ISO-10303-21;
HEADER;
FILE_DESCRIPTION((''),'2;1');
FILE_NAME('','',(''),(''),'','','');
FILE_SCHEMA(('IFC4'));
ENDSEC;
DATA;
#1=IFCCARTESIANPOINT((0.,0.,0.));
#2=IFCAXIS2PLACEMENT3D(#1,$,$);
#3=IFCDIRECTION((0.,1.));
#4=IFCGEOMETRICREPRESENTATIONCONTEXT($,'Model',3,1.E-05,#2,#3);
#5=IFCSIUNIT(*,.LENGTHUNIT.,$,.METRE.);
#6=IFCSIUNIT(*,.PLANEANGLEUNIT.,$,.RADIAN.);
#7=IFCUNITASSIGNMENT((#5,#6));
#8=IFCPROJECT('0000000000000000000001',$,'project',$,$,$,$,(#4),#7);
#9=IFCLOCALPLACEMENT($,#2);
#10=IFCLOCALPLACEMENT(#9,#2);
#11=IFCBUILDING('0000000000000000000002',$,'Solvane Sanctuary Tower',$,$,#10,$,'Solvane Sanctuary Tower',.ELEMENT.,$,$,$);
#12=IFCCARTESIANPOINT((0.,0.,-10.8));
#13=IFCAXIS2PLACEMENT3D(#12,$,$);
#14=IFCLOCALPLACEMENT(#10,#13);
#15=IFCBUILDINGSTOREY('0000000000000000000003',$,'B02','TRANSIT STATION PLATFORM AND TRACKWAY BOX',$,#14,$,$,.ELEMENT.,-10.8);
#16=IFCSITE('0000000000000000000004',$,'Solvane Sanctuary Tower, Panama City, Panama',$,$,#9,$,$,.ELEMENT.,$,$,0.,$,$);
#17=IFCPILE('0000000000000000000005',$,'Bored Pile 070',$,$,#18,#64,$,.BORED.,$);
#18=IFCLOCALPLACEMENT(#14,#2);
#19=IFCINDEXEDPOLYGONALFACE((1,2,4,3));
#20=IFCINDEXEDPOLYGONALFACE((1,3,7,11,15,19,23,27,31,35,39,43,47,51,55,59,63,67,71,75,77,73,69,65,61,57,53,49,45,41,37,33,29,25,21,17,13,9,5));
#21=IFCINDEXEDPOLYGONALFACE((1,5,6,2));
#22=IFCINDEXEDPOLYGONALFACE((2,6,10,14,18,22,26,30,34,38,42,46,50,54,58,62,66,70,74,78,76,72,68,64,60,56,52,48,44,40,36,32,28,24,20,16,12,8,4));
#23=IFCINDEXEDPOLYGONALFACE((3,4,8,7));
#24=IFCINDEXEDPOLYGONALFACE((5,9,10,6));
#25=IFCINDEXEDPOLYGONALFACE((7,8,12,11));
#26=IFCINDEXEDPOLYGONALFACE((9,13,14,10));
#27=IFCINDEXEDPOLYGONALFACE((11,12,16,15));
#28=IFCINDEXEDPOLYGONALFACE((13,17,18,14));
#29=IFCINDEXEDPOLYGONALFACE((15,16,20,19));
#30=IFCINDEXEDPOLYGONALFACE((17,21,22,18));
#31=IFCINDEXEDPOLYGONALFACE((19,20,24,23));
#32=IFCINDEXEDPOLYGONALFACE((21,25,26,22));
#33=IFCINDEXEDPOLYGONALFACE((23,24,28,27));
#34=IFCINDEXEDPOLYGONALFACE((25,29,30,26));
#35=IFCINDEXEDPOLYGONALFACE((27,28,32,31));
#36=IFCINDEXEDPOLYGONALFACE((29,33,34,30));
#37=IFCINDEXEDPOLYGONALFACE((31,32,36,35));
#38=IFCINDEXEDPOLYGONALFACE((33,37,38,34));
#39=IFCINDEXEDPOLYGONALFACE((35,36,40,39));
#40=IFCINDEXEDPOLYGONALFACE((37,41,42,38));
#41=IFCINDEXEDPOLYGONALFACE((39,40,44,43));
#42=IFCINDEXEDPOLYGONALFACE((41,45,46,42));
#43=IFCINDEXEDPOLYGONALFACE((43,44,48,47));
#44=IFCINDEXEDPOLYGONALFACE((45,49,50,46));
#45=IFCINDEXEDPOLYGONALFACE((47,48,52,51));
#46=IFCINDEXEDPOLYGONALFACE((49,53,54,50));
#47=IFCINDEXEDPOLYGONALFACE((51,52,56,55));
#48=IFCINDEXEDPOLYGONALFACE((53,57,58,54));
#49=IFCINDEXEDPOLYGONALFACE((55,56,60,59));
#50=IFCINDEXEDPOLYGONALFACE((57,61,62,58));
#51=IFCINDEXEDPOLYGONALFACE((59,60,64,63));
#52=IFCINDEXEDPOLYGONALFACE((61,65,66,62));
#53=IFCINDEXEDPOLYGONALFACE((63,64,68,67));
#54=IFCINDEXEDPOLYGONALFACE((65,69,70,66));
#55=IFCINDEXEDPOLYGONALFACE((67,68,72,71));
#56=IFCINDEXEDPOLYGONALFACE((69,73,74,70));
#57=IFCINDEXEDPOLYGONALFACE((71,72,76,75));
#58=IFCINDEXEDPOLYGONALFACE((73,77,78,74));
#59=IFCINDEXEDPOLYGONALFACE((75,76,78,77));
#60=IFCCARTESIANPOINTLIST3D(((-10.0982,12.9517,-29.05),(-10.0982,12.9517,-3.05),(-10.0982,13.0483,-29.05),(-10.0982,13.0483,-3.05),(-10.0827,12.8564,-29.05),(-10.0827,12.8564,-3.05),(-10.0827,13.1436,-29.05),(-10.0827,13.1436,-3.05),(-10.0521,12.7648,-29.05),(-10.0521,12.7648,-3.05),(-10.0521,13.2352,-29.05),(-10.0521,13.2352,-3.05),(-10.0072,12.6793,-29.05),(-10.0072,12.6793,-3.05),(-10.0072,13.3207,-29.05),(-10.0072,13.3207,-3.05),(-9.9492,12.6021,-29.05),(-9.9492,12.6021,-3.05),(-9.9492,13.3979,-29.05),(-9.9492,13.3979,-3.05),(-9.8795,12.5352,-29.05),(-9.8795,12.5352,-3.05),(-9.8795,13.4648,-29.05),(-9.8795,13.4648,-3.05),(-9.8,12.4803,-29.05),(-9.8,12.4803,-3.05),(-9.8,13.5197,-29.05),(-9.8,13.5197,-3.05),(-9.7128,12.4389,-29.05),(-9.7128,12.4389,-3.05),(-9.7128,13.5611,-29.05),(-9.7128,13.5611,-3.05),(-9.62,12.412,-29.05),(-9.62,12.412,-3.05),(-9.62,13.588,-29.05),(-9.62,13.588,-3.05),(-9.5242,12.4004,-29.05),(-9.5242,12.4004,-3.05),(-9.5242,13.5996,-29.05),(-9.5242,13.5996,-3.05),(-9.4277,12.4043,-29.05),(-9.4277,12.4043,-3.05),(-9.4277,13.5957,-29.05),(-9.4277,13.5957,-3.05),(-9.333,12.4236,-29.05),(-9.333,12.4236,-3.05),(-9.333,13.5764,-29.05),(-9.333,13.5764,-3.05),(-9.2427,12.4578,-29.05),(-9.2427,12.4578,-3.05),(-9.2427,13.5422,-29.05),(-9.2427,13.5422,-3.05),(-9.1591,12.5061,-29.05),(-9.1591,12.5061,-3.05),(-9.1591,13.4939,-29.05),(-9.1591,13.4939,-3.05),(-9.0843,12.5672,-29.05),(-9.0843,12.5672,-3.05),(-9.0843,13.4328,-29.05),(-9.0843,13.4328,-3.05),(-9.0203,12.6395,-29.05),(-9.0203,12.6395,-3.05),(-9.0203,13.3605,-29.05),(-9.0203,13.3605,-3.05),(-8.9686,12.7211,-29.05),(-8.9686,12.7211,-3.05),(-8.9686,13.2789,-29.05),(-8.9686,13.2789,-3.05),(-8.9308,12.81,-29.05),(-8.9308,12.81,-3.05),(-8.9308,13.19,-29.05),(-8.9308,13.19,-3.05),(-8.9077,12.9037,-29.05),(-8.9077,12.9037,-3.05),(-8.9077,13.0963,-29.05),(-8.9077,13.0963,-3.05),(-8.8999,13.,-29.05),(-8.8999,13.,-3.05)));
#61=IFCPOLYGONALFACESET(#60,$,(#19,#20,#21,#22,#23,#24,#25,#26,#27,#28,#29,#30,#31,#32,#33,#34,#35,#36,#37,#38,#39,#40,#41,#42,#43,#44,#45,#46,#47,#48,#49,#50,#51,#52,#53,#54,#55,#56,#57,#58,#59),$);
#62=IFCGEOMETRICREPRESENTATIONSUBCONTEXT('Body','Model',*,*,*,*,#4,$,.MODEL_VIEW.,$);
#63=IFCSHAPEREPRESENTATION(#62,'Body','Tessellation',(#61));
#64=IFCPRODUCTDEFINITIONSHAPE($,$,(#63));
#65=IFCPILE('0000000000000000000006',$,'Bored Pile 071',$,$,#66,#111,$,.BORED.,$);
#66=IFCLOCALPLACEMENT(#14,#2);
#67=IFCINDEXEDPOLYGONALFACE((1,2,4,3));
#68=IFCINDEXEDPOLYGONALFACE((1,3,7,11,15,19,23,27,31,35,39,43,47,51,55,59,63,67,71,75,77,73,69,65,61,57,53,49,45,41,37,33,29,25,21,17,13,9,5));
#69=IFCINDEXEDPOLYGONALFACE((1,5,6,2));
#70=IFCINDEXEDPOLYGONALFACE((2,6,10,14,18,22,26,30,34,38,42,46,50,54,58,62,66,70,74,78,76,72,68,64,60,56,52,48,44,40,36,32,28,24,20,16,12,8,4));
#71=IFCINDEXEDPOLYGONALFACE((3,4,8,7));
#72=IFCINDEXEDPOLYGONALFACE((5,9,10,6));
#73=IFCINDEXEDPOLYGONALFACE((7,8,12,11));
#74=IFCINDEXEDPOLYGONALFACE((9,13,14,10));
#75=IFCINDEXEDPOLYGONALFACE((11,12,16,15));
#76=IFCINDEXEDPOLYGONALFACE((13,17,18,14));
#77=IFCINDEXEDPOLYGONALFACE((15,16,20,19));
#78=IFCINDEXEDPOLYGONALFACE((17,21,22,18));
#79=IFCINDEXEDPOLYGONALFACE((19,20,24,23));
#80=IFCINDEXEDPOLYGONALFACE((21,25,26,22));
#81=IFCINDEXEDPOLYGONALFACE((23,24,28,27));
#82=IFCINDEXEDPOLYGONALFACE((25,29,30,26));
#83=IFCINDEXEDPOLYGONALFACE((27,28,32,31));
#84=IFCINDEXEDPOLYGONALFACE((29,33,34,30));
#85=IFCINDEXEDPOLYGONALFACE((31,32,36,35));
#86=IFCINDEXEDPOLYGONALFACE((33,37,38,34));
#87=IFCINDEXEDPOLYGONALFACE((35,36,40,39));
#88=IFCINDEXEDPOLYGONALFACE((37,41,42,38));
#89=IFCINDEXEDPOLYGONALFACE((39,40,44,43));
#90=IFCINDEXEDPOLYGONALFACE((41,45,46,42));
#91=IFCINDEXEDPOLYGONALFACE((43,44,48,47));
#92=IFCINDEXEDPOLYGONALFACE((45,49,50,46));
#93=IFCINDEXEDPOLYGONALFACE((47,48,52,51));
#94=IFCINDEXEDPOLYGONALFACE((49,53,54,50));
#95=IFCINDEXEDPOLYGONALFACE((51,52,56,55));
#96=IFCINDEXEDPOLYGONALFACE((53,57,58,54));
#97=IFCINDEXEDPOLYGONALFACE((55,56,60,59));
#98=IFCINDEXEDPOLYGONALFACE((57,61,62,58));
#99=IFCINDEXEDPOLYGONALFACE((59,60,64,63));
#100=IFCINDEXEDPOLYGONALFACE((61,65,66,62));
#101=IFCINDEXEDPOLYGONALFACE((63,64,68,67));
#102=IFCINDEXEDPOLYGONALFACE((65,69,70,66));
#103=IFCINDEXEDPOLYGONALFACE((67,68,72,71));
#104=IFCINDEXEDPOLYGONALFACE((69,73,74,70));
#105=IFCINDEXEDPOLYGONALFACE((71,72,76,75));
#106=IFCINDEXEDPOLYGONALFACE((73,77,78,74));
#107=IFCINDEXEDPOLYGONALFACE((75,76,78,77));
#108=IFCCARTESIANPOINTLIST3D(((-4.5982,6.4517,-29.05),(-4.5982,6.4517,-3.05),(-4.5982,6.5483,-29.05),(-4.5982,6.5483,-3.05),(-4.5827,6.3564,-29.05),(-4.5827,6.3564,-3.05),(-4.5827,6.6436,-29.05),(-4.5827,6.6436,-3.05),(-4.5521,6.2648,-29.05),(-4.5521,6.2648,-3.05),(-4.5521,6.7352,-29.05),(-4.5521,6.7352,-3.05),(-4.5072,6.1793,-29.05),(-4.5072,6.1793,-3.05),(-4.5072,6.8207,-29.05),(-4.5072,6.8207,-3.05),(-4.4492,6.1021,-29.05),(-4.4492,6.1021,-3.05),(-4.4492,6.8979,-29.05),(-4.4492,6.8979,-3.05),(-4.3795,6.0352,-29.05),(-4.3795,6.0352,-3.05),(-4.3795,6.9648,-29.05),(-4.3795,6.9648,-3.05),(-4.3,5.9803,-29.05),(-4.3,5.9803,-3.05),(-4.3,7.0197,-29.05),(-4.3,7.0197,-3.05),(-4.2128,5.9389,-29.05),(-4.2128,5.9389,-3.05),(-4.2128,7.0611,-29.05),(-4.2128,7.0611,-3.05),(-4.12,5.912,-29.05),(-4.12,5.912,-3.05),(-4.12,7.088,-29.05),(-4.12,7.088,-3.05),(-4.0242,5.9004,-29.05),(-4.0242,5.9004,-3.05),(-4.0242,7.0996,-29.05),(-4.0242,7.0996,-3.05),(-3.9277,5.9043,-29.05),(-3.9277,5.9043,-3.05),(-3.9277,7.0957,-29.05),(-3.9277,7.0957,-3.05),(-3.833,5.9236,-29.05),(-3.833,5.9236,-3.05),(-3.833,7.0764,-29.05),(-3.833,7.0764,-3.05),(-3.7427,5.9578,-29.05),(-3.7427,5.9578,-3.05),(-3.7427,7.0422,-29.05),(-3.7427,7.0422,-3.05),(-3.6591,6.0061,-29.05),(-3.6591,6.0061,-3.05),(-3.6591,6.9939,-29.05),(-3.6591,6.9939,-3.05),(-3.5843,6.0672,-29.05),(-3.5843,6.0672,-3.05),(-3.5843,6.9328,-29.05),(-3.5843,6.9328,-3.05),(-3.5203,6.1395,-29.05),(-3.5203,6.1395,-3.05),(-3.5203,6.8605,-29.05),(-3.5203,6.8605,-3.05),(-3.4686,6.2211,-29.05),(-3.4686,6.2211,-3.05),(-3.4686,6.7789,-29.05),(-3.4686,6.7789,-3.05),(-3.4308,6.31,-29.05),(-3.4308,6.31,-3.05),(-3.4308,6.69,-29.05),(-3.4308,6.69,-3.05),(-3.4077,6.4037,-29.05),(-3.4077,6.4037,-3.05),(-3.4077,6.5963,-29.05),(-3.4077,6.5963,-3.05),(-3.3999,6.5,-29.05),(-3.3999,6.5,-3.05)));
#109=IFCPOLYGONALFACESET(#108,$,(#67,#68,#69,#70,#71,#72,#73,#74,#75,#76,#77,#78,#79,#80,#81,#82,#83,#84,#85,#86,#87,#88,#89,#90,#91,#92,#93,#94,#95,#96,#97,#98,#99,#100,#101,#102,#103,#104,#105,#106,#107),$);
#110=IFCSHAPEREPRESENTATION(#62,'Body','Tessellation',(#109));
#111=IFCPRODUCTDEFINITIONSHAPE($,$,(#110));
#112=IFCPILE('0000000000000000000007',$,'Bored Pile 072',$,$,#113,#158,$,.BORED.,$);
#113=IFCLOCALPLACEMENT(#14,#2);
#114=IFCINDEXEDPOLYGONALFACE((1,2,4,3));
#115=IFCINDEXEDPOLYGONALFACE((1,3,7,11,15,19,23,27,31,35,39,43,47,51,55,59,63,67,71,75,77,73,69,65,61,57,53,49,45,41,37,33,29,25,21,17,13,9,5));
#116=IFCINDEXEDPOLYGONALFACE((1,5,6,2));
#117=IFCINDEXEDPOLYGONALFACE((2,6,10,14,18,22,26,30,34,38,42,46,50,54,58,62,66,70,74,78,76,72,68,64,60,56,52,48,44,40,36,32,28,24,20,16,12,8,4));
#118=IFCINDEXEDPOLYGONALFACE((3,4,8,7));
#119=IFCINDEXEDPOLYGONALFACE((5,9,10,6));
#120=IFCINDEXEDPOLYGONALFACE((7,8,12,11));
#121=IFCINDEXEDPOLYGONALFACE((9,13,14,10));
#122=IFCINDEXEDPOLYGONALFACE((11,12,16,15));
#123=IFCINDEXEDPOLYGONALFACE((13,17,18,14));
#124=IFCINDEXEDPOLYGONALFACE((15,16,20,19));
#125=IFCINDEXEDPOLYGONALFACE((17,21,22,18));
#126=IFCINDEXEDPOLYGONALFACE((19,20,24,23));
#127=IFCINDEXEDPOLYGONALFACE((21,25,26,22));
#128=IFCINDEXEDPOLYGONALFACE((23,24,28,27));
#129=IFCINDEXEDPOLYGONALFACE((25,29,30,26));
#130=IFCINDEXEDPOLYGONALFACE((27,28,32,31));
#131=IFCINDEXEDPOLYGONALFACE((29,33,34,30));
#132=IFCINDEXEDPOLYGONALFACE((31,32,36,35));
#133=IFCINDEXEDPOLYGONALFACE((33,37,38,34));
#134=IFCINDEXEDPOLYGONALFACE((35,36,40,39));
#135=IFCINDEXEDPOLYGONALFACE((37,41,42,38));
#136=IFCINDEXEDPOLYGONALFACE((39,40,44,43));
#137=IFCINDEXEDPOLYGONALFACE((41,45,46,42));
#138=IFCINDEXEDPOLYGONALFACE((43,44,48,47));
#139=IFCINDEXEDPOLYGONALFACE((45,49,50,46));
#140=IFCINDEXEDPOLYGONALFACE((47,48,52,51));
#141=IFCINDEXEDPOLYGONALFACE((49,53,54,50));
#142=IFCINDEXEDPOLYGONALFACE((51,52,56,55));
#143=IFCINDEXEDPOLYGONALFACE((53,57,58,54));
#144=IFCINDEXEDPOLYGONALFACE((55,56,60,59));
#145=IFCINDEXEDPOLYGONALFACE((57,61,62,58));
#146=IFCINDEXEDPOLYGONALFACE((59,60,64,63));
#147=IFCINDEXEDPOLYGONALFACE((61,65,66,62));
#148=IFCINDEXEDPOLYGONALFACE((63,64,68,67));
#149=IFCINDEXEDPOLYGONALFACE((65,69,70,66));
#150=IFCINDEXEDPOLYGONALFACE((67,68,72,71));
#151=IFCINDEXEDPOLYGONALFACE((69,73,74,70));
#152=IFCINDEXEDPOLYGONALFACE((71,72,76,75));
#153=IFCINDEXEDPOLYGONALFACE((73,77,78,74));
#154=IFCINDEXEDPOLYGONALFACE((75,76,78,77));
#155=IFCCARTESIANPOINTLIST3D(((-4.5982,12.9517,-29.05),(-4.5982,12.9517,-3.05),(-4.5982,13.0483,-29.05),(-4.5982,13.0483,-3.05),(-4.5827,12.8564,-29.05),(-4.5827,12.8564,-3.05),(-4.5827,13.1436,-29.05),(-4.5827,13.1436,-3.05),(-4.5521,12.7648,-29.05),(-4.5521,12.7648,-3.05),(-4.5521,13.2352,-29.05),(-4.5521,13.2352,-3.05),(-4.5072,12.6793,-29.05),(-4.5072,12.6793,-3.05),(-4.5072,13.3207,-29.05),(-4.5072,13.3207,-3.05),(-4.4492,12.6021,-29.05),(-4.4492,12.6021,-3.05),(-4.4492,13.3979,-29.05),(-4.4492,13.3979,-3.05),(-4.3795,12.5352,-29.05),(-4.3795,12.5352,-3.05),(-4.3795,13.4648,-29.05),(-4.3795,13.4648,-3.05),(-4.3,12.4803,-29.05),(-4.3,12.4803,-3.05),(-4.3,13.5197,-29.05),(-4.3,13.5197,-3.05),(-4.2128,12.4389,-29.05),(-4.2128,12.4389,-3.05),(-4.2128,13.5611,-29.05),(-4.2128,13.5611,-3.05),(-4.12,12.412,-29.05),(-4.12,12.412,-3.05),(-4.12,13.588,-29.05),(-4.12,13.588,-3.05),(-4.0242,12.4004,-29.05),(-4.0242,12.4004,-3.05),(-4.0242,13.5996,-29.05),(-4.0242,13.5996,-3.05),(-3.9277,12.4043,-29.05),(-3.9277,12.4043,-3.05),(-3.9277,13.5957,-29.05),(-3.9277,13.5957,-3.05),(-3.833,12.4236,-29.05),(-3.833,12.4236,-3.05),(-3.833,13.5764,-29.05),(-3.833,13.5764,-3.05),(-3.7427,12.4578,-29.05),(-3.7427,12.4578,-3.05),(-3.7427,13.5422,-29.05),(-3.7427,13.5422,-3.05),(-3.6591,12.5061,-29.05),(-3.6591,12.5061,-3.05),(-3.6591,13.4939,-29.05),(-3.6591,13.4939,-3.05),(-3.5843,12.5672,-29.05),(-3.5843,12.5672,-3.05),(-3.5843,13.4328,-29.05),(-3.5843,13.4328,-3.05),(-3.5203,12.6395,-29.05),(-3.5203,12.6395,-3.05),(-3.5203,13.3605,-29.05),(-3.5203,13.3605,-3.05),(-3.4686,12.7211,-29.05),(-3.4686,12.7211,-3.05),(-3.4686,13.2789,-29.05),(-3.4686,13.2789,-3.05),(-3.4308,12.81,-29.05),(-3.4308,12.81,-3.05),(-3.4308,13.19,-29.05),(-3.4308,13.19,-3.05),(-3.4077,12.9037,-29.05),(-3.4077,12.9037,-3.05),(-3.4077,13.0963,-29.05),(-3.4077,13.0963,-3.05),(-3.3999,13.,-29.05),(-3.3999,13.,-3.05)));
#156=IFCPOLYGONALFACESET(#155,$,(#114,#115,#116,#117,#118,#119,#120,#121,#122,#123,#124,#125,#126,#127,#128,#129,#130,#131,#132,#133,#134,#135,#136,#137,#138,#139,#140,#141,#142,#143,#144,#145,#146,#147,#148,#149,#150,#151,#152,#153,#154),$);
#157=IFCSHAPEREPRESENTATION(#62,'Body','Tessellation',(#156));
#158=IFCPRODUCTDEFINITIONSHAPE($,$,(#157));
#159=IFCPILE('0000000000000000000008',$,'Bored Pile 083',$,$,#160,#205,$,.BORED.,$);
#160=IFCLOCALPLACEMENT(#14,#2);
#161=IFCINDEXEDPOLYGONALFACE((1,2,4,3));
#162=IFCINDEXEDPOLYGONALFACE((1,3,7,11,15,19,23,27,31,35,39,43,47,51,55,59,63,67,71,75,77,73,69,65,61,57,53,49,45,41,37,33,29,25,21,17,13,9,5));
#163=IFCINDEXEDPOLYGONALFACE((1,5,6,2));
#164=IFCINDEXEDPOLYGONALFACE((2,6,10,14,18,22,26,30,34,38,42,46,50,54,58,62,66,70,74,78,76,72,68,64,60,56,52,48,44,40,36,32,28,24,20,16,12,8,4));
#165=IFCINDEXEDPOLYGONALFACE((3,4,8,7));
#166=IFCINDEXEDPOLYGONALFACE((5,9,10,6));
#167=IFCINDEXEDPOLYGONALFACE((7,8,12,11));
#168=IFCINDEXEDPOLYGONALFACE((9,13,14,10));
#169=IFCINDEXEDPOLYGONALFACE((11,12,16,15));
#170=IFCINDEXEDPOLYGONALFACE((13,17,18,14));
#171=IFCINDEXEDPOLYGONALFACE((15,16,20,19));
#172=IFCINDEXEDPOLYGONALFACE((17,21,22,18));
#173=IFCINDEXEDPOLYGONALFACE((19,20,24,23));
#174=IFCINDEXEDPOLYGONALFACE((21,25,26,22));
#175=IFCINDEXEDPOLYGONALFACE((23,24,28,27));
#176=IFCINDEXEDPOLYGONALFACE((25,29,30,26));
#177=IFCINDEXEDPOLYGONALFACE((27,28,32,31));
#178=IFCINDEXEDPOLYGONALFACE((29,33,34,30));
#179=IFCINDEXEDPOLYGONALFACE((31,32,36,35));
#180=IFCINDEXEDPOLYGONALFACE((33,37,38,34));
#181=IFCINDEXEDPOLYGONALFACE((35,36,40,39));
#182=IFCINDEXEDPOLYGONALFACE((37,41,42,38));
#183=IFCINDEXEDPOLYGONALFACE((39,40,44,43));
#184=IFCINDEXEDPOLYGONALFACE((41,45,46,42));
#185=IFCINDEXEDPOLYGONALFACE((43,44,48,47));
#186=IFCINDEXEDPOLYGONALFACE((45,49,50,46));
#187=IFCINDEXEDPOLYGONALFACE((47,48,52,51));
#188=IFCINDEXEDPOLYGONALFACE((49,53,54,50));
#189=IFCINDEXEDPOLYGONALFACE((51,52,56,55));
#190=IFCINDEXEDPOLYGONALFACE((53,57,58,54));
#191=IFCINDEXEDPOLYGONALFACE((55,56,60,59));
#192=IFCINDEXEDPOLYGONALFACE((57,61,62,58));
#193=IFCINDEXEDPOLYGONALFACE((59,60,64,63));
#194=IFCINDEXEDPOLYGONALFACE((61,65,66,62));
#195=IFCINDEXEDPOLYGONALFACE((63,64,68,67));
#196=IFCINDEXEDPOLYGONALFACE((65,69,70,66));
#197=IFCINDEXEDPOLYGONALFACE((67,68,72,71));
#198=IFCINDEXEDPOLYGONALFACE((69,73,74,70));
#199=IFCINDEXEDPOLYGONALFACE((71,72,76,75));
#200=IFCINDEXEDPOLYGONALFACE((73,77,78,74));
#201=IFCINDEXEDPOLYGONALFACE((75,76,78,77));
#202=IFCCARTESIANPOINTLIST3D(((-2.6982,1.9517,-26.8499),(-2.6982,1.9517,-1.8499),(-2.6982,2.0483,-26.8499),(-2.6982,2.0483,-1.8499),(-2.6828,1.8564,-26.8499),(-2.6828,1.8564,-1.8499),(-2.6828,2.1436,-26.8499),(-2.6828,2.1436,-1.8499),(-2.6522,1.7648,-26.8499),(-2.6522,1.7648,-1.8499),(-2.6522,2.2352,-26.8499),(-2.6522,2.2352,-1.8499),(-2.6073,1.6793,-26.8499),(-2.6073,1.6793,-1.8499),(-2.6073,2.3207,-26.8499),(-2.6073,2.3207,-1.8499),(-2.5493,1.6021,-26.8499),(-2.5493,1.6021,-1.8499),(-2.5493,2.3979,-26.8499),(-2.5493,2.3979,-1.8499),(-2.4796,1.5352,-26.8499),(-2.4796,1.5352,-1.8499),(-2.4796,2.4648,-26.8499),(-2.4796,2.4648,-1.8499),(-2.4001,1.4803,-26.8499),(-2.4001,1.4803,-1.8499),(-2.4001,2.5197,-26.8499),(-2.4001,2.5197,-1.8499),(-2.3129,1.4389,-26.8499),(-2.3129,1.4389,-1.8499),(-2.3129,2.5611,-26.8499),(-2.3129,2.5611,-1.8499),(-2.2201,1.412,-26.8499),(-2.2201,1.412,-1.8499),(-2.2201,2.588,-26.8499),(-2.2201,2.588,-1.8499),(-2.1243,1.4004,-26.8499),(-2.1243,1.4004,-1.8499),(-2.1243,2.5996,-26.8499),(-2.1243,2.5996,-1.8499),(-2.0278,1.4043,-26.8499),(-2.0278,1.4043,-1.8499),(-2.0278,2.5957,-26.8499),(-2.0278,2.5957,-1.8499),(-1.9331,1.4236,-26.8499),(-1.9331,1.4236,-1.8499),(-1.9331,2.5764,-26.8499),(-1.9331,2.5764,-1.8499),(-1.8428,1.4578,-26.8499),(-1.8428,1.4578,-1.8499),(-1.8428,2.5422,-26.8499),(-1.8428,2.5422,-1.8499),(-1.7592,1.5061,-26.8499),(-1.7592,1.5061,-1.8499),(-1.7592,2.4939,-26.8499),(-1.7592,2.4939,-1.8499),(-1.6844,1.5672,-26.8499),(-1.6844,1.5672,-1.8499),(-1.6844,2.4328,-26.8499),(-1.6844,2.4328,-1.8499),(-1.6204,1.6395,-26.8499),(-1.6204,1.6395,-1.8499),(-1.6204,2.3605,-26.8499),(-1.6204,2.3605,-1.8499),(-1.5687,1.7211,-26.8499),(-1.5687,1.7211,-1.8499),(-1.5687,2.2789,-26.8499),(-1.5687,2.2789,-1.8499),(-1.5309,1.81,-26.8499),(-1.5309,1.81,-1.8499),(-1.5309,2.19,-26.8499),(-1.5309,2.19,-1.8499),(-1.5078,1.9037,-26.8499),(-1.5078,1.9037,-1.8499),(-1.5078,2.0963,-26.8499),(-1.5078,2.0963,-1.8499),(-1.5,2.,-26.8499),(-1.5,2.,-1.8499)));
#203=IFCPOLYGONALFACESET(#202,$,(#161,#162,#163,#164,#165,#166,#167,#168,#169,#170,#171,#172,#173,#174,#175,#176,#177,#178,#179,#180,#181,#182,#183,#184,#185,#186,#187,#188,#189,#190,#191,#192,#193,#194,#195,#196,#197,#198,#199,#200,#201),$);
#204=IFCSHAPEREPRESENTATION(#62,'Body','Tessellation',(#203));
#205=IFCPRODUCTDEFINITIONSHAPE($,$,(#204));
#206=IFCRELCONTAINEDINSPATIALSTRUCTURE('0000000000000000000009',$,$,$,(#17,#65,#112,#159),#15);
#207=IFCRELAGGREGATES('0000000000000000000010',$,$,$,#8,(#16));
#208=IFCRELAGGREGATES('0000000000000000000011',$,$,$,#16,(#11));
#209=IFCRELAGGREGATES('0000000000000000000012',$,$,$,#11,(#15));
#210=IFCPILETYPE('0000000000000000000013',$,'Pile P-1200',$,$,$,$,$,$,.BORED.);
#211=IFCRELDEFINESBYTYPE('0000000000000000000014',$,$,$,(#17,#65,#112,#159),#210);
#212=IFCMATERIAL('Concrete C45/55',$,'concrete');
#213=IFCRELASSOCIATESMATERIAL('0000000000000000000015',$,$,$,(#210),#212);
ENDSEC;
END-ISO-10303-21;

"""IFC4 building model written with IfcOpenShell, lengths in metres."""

from ifc_helpers import new_model, si_unit, direction, frame, origin, origin_2d, place, context, subcontext, project, spatial, circle, extrude, material, material_profile, profile_set, type_object, element, save


model = new_model("IFC4")

# Units and contexts
model_context = context("Model", 3, precision=1e-05, world=origin(), true_north=direction((0.0, 1.0)))
body_context = subcontext(model_context, "Body", "Model", "MODEL_VIEW")
ifc_project = project(units=[si_unit("LENGTHUNIT", "METRE"), si_unit("PLANEANGLEUNIT", "RADIAN")], contexts=[model_context])

# Site, building, storey
site_placement = place(None, origin())
site = spatial("IfcSite", under=ifc_project, at=site_placement, Name="Solvane Sanctuary Tower, Panama City, Panama", CompositionType="ELEMENT", RefElevation=0.0)
building_placement = place(site_placement, origin())
building = spatial("IfcBuilding", under=site, at=building_placement, Name="Solvane Sanctuary Tower", LongName="Solvane Sanctuary Tower", CompositionType="ELEMENT")
storey_placement = place(building_placement, frame((0.0, 0.0, -10.8)))
storey = spatial("IfcBuildingStorey", under=building, at=storey_placement, Name="B02", Description="TRANSIT STATION PLATFORM AND TRACKWAY BOX", CompositionType="ELEMENT", Elevation=-10.8)

# Piles
ifc_material_1 = material(Name="Concrete C45/55", Category="concrete")
ifc_material_profile_1 = material_profile(ifc_material_1, circle(Radius=0.6001, at=origin_2d()), Name="PILE1200")
ifc_profile_set_1 = profile_set([ifc_material_profile_1], Name="Concrete C45/55")
pile_type = type_object("IfcPileType", Name="Pile P-1200", PredefinedType="BORED", material=ifc_profile_set_1)
for number, where, z_axis, x_axis, name in (
    (1, (-9.5, 13.0, -3.05), (0.0, 0.0, -1.0), (1.0, 0.0, 0.0), "Bored Pile 070"),
    (2, (-4.0, 6.5, -3.05), (0.0, 0.0, -1.0), (1.0, 0.0, 0.0), "Bored Pile 071"),
    (3, (-4.0, 13.0, -3.05), (0.0, 0.0, -1.0), (1.0, 0.0, 0.0), "Bored Pile 072"),
):
    element("IfcPile", number, at=place(storey_placement, frame(where, z_axis=z_axis, x_axis=x_axis)), inside=storey, type_object=pile_type, Name=name, PredefinedType="BORED", context=body_context, shape_type="SweptSolid", body=[
        extrude(circle(Radius=0.6001, at=origin_2d()), origin(), (0.0, 0.0, 1.0), 26.0),
    ])
pile_placement = place(storey_placement, frame((-2.1001, 2.0, -1.8499), z_axis=(0.0, 0.0, -1.0), x_axis=(1.0, 0.0, 0.0)))
element("IfcPile", 4, at=pile_placement, inside=storey, type_object=pile_type, Name="Bored Pile 083", PredefinedType="BORED", context=body_context, shape_type="SweptSolid", body=[
    extrude(circle(Radius=0.6001, at=origin_2d()), origin(), (0.0, 0.0, 1.0), 25.0),
])

save(model, "model.ifc")
